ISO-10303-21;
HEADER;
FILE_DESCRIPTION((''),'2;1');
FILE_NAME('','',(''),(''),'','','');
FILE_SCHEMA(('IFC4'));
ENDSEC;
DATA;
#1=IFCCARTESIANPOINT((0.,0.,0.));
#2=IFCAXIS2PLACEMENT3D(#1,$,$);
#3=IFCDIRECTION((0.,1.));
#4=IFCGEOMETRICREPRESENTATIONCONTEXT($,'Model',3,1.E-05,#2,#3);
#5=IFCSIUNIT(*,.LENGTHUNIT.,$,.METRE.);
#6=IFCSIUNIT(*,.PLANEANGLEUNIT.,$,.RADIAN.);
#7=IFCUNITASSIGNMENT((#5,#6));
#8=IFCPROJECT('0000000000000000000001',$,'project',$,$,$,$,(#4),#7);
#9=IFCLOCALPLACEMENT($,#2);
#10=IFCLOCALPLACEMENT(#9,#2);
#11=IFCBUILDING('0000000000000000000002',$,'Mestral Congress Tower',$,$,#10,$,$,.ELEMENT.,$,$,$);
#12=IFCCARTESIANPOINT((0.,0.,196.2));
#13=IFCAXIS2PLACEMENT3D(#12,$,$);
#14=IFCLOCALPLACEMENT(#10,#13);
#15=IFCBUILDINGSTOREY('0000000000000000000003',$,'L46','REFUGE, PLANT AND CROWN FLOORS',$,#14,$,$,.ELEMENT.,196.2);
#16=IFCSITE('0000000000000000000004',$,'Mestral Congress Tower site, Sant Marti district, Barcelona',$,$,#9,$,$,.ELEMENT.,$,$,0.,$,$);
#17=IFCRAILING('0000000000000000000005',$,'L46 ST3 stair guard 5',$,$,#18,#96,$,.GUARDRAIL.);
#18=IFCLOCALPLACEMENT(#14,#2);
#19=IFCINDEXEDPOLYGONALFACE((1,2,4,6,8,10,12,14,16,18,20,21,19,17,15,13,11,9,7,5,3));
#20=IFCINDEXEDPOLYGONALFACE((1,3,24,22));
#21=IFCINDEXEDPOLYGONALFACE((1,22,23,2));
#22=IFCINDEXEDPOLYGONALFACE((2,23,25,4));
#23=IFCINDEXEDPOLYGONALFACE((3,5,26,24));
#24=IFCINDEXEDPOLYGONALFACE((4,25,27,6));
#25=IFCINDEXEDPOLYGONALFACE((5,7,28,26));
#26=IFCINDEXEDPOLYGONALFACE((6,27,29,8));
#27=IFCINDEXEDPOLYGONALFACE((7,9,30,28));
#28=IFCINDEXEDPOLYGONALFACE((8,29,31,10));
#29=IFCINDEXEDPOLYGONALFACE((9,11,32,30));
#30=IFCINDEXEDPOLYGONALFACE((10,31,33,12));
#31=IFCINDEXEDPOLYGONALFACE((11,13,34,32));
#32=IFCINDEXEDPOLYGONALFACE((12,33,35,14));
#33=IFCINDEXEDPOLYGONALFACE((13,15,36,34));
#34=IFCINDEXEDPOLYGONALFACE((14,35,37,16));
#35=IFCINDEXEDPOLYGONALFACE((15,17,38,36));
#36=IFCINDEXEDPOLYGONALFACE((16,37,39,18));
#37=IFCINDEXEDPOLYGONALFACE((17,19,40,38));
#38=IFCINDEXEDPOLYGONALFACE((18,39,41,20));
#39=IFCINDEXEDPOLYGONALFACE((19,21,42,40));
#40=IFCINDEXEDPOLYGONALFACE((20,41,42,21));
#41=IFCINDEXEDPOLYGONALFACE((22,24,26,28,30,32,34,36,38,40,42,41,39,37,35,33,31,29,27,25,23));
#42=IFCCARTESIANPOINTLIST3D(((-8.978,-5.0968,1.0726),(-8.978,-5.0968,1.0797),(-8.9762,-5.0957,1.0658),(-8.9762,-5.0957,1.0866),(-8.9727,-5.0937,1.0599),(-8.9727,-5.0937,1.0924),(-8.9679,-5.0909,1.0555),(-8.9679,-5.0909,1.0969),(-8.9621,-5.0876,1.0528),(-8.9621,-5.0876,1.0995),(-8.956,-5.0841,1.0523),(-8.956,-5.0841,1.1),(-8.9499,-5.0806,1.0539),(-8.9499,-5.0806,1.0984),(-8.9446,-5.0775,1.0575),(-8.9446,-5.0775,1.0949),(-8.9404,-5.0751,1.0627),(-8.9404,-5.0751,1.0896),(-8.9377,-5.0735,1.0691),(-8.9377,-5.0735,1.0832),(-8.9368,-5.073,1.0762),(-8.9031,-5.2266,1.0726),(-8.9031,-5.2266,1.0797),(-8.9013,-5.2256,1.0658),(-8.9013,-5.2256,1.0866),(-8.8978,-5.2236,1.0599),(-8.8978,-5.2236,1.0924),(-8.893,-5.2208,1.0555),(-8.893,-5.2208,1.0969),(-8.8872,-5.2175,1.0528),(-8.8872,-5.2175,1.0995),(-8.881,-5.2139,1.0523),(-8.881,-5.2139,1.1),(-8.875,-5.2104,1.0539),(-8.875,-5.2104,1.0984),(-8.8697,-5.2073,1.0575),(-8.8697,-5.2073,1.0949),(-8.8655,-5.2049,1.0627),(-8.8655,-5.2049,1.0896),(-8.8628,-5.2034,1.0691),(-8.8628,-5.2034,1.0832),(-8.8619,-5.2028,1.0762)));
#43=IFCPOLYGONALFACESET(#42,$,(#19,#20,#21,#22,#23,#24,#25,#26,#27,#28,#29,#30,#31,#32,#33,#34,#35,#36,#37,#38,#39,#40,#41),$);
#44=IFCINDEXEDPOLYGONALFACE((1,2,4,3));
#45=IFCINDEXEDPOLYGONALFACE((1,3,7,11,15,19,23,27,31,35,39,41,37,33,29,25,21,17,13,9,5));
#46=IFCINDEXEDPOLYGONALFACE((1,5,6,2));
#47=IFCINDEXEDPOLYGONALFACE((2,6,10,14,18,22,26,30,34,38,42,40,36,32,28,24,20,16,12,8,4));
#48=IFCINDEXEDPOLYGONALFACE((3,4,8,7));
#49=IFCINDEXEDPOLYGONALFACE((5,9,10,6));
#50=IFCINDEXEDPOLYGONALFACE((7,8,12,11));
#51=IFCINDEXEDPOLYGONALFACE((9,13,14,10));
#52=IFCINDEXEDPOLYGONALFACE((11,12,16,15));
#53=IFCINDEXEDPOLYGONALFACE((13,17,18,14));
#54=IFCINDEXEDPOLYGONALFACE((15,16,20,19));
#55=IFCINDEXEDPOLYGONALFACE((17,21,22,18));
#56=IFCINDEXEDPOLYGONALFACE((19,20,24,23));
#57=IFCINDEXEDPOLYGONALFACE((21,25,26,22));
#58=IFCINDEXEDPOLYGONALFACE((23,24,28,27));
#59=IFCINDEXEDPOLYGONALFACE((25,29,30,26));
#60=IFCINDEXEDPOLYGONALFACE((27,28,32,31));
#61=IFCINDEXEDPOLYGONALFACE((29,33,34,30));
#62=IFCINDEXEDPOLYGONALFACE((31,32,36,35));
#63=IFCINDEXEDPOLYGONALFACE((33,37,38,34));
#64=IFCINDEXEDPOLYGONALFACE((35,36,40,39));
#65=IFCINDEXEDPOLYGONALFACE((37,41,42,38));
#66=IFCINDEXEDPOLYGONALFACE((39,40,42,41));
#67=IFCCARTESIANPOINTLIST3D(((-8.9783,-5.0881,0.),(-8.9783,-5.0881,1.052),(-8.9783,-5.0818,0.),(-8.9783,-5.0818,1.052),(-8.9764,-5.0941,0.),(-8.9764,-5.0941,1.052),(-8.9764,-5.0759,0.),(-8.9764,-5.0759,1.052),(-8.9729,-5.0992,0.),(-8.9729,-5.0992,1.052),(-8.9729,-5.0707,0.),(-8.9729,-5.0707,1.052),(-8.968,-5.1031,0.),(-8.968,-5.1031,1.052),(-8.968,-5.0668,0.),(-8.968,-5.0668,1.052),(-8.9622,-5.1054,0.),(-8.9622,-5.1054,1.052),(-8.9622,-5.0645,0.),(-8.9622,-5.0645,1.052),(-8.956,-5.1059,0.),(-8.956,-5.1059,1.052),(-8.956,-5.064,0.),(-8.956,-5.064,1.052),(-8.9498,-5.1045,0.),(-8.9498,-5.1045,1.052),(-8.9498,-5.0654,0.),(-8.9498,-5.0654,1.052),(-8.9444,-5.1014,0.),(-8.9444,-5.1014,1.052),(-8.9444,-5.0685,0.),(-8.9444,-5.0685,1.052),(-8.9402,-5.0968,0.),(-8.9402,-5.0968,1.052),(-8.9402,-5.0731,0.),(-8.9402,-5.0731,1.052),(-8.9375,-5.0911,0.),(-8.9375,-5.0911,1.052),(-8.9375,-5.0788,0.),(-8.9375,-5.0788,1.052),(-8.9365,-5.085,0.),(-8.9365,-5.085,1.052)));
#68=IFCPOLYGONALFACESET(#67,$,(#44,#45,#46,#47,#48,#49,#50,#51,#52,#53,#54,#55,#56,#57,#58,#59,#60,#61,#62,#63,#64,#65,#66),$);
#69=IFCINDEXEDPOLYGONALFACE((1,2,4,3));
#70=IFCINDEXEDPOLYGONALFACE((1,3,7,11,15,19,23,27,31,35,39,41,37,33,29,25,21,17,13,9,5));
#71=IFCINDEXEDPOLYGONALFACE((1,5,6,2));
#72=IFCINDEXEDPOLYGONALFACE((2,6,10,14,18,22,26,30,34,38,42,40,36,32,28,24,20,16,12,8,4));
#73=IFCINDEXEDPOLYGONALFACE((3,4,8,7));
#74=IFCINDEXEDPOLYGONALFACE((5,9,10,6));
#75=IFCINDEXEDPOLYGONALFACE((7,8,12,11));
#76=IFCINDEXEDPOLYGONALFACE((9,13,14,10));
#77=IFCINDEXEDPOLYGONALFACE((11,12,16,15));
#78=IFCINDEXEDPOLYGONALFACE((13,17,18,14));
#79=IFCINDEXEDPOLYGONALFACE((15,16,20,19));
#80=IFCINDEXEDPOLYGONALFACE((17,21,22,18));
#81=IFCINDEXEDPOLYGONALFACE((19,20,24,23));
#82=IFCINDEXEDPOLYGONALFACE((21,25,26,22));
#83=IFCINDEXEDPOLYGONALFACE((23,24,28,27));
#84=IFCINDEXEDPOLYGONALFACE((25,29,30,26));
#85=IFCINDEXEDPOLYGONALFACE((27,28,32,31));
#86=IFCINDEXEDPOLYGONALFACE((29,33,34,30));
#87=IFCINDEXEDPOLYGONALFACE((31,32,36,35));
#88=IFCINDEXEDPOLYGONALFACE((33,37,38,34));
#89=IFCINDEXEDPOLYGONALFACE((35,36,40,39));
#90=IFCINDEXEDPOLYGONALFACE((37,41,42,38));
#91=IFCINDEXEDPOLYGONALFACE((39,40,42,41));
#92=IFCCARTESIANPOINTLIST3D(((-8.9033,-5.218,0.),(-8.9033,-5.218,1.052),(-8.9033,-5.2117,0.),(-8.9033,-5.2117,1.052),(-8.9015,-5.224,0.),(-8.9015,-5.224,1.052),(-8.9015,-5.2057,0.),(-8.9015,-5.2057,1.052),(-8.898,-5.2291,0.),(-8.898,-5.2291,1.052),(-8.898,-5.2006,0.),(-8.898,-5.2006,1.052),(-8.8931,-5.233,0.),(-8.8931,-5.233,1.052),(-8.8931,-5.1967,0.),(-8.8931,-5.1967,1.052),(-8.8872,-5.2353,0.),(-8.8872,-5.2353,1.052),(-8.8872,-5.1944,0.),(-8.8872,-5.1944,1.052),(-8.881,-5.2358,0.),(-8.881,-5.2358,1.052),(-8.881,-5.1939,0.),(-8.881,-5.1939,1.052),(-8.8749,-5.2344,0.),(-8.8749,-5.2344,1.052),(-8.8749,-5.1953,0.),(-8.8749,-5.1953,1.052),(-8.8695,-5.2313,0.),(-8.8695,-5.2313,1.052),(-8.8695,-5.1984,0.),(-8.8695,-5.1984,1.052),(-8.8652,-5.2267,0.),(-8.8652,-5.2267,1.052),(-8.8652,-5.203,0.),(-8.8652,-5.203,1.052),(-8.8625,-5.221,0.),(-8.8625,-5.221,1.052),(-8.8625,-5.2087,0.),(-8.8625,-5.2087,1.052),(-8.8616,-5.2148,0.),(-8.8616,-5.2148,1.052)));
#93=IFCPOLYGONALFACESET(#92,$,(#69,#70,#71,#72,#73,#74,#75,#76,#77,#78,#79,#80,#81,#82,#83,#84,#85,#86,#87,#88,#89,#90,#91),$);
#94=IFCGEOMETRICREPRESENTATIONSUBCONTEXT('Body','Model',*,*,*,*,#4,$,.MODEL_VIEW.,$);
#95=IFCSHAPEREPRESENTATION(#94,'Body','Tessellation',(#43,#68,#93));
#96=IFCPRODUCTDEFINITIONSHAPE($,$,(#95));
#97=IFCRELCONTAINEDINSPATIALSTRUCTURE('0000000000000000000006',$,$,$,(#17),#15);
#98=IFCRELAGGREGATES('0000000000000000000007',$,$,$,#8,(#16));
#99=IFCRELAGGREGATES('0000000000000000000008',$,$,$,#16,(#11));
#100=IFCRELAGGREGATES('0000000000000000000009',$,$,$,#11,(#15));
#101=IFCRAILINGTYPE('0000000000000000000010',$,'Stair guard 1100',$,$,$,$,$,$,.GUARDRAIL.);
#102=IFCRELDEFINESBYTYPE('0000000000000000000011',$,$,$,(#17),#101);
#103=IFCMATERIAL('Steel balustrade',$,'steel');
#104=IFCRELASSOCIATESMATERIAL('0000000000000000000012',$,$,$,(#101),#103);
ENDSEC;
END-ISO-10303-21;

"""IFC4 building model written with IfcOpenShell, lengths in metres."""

from ifc_helpers import new_model, si_unit, direction, frame, origin, origin_2d, place, context, subcontext, project, spatial, circle, extrude, material, type_object, element, save


model = new_model("IFC4")

# Units and contexts
model_context = context("Model", 3, precision=1e-05, world=origin(), true_north=direction((0.0, 1.0)))
body_context = subcontext(model_context, "Body", "Model", "MODEL_VIEW")
ifc_project = project(units=[si_unit("LENGTHUNIT", "METRE"), si_unit("PLANEANGLEUNIT", "RADIAN")], contexts=[model_context])

# Site, building, storey
site_placement = place(None, origin())
site = spatial("IfcSite", under=ifc_project, at=site_placement, Name="Mestral Congress Tower site, Sant Marti district, Barcelona", CompositionType="ELEMENT", RefElevation=0.0)
building_placement = place(site_placement, origin())
building = spatial("IfcBuilding", under=site, at=building_placement, Name="Mestral Congress Tower", CompositionType="ELEMENT")
storey_placement = place(building_placement, frame((0.0, 0.0, 196.2)))
storey = spatial("IfcBuildingStorey", under=building, at=storey_placement, Name="L46", Description="REFUGE, PLANT AND CROWN FLOORS", CompositionType="ELEMENT", Elevation=196.2)

# Railing
ifc_material_1 = material(Name="Steel balustrade", Category="steel")
railing_type = type_object("IfcRailingType", Name="Stair guard 1100", PredefinedType="GUARDRAIL", material=ifc_material_1)
railing_1_placement = place(storey_placement, frame((-8.9575, -5.085, 0.0)))
element("IfcRailing", 1, at=railing_1_placement, inside=storey, type_object=railing_type, Name="L46 ST3 stair guard 5", PredefinedType="GUARDRAIL", context=body_context, shape_type="SweptSolid", body=[
    extrude(circle(Radius=0.0239, at=origin_2d()), frame((0.0, 0.0, 1.0762), z_axis=(0.499816, -0.866131, 0.0), x_axis=(0.866131, 0.499816, 0.0)), (0.0, 0.0, 1.0), 0.1499),
    extrude(circle(Radius=0.021, at=origin_2d()), origin(), (0.0, 0.0, 1.0), 1.052),
    extrude(circle(Radius=0.021, at=origin_2d()), frame((0.075, -0.1299, 0.0)), (0.0, 0.0, 1.0), 1.052),
])

save(model, "model.ifc")
